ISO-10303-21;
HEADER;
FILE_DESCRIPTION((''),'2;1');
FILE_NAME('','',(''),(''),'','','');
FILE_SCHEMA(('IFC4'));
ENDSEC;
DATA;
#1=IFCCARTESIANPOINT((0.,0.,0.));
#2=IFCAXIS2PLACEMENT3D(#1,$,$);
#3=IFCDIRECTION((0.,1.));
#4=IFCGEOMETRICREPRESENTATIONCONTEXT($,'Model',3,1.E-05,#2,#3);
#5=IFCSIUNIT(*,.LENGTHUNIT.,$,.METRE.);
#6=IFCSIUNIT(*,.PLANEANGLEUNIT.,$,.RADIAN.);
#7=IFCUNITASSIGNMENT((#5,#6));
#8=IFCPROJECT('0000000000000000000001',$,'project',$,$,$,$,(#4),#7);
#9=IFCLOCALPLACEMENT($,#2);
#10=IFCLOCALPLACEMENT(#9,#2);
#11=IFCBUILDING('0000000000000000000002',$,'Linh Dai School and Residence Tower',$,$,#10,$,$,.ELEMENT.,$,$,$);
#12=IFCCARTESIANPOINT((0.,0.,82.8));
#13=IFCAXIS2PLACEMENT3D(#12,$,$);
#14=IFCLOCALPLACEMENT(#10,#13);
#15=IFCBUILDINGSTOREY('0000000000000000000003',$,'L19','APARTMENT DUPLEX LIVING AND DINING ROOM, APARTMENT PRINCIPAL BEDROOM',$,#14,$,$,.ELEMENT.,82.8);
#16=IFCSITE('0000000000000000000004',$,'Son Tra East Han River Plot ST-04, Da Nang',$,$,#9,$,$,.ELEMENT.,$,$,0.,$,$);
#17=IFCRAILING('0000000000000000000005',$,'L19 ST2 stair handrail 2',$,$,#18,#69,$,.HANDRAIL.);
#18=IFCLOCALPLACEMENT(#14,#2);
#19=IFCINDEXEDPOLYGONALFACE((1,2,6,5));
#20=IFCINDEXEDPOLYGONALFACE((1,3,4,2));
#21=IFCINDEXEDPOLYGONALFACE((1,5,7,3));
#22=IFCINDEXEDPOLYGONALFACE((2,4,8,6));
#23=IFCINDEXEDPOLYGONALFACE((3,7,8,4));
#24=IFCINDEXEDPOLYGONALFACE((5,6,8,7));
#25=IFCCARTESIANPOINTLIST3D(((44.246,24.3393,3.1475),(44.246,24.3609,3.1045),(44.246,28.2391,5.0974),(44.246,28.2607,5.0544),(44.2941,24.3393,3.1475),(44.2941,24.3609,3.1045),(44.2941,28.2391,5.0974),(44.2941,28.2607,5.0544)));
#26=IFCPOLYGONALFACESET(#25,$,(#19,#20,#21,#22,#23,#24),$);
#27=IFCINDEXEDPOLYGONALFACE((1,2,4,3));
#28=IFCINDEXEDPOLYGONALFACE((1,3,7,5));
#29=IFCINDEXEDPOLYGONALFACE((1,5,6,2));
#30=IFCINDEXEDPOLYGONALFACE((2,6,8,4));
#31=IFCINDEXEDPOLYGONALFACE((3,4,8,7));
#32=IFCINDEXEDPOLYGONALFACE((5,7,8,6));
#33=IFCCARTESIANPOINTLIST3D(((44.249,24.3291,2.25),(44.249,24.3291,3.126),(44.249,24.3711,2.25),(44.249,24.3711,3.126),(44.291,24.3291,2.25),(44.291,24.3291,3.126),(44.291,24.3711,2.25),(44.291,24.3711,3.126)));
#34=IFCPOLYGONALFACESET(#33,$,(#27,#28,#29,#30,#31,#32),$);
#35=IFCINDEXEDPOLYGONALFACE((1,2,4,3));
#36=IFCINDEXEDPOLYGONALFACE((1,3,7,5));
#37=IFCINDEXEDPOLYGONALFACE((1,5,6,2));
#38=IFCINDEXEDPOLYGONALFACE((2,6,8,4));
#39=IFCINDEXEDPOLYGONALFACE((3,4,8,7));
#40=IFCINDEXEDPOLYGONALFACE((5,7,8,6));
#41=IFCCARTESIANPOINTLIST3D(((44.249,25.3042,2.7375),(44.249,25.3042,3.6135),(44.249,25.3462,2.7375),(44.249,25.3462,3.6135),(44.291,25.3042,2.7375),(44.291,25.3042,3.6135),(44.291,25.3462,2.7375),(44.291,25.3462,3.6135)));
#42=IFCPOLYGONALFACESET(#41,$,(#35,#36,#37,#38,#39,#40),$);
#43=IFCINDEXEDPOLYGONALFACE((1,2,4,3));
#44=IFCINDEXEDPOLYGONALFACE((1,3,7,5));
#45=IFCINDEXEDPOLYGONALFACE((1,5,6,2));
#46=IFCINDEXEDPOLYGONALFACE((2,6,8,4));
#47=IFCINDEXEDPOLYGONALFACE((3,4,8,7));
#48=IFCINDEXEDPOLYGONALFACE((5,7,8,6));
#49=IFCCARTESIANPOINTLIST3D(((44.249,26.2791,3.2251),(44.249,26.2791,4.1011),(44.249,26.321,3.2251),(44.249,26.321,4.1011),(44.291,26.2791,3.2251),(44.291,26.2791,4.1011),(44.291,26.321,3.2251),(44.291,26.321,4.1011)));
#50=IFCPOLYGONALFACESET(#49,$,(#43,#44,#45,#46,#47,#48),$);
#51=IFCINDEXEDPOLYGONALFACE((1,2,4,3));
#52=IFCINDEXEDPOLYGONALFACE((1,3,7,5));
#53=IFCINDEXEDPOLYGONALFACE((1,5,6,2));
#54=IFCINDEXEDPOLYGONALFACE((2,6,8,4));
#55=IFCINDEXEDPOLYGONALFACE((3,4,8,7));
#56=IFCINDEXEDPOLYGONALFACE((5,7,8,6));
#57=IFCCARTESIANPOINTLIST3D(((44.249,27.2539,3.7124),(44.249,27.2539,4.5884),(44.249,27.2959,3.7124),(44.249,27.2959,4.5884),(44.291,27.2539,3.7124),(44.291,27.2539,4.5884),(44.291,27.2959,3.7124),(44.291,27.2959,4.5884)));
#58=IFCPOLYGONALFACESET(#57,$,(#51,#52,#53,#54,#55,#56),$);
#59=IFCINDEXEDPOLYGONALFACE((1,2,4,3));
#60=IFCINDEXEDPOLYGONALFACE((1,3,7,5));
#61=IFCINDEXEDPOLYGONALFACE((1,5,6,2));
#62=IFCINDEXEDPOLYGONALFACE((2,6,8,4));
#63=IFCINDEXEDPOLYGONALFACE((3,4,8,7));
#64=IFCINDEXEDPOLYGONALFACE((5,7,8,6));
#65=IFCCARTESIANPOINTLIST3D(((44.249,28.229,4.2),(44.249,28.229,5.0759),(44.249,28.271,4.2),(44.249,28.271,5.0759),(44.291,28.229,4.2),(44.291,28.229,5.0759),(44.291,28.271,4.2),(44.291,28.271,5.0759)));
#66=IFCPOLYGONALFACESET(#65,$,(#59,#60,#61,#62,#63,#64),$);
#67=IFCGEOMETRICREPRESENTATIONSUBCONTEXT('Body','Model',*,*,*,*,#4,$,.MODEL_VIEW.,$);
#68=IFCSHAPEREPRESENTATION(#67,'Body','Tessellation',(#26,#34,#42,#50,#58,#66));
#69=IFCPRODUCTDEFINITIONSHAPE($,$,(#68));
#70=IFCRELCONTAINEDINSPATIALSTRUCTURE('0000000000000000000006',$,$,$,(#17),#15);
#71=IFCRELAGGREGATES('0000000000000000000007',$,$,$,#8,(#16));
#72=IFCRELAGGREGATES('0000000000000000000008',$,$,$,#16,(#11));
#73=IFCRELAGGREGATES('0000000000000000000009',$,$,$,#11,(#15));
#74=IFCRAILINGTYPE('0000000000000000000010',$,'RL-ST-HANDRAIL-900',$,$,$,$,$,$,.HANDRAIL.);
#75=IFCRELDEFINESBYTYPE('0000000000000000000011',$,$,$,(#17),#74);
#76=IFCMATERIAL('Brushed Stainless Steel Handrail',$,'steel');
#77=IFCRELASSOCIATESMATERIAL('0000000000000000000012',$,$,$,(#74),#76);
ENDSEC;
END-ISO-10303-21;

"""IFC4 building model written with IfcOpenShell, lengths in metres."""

from ifc_helpers import new_model, si_unit, direction, frame, origin, origin_2d, place, context, subcontext, project, spatial, rectangle, extrude, source, transform, mapped, material, type_object, element, save


model = new_model("IFC4")

# Units and contexts
model_context = context("Model", 3, precision=1e-05, world=origin(), true_north=direction((0.0, 1.0)))
body_context = subcontext(model_context, "Body", "Model", "MODEL_VIEW")
ifc_project = project(units=[si_unit("LENGTHUNIT", "METRE"), si_unit("PLANEANGLEUNIT", "RADIAN")], contexts=[model_context])

# Site, building, storey
site_placement = place(None, origin())
site = spatial("IfcSite", under=ifc_project, at=site_placement, Name="Son Tra East Han River Plot ST-04, Da Nang", CompositionType="ELEMENT", RefElevation=0.0)
building_placement = place(site_placement, origin())
building = spatial("IfcBuilding", under=site, at=building_placement, Name="Linh Dai School and Residence Tower", CompositionType="ELEMENT")
storey_placement = place(building_placement, frame((0.0, 0.0, 82.8)))
storey = spatial("IfcBuildingStorey", under=building, at=storey_placement, Name="L19", Description="APARTMENT DUPLEX LIVING AND DINING ROOM, APARTMENT PRINCIPAL BEDROOM", CompositionType="ELEMENT", Elevation=82.8)

# Railing
ifc_material_1 = material(Name="Brushed Stainless Steel Handrail", Category="steel")
railing_type = type_object("IfcRailingType", Name="RL-ST-HANDRAIL-900", PredefinedType="HANDRAIL", material=ifc_material_1)
shared_shape_1 = source(origin(), body_context, "Body", "SweptSolid", [
    extrude(rectangle(XDim=0.0481, YDim=0.0481, at=origin_2d()), frame((0.0, 0.0, 0.876), z_axis=(0.0, 0.894427, 0.447214), x_axis=(-1.0, 0.0, 0.0)), (0.0, 0.0, 1.0), 4.3601),
    extrude(rectangle(XDim=0.042, YDim=0.042, at=origin_2d()), origin(), (0.0, 0.0, 1.0), 0.876),
    extrude(rectangle(XDim=0.042, YDim=0.042, at=origin_2d()), frame((0.0, 0.9751, 0.4875)), (0.0, 0.0, 1.0), 0.876),
    extrude(rectangle(XDim=0.042, YDim=0.042, at=origin_2d()), frame((0.0, 1.95, 0.9751)), (0.0, 0.0, 1.0), 0.876),
    extrude(rectangle(XDim=0.042, YDim=0.042, at=origin_2d()), frame((0.0, 2.9248, 1.4624)), (0.0, 0.0, 1.0), 0.876),
    extrude(rectangle(XDim=0.042, YDim=0.042, at=origin_2d()), frame((0.0, 3.8999, 1.95)), (0.0, 0.0, 1.0), 0.876),
])
railing_placement = place(storey_placement, frame((44.27, 24.3501, 2.25)))
element("IfcRailing", 1, at=railing_placement, inside=storey, type_object=railing_type, Name="L19 ST2 stair handrail 2", PredefinedType="HANDRAIL", context=body_context, shape_type="MappedRepresentation", body=[
    mapped(shared_shape_1, transform((0.0, 0.0, 0.0), x_axis=(1.0, 0.0, 0.0), y_axis=(0.0, 1.0, 0.0), z_axis=(0.0, 0.0, 1.0), scale=1.0)),
])

save(model, "model.ifc")
